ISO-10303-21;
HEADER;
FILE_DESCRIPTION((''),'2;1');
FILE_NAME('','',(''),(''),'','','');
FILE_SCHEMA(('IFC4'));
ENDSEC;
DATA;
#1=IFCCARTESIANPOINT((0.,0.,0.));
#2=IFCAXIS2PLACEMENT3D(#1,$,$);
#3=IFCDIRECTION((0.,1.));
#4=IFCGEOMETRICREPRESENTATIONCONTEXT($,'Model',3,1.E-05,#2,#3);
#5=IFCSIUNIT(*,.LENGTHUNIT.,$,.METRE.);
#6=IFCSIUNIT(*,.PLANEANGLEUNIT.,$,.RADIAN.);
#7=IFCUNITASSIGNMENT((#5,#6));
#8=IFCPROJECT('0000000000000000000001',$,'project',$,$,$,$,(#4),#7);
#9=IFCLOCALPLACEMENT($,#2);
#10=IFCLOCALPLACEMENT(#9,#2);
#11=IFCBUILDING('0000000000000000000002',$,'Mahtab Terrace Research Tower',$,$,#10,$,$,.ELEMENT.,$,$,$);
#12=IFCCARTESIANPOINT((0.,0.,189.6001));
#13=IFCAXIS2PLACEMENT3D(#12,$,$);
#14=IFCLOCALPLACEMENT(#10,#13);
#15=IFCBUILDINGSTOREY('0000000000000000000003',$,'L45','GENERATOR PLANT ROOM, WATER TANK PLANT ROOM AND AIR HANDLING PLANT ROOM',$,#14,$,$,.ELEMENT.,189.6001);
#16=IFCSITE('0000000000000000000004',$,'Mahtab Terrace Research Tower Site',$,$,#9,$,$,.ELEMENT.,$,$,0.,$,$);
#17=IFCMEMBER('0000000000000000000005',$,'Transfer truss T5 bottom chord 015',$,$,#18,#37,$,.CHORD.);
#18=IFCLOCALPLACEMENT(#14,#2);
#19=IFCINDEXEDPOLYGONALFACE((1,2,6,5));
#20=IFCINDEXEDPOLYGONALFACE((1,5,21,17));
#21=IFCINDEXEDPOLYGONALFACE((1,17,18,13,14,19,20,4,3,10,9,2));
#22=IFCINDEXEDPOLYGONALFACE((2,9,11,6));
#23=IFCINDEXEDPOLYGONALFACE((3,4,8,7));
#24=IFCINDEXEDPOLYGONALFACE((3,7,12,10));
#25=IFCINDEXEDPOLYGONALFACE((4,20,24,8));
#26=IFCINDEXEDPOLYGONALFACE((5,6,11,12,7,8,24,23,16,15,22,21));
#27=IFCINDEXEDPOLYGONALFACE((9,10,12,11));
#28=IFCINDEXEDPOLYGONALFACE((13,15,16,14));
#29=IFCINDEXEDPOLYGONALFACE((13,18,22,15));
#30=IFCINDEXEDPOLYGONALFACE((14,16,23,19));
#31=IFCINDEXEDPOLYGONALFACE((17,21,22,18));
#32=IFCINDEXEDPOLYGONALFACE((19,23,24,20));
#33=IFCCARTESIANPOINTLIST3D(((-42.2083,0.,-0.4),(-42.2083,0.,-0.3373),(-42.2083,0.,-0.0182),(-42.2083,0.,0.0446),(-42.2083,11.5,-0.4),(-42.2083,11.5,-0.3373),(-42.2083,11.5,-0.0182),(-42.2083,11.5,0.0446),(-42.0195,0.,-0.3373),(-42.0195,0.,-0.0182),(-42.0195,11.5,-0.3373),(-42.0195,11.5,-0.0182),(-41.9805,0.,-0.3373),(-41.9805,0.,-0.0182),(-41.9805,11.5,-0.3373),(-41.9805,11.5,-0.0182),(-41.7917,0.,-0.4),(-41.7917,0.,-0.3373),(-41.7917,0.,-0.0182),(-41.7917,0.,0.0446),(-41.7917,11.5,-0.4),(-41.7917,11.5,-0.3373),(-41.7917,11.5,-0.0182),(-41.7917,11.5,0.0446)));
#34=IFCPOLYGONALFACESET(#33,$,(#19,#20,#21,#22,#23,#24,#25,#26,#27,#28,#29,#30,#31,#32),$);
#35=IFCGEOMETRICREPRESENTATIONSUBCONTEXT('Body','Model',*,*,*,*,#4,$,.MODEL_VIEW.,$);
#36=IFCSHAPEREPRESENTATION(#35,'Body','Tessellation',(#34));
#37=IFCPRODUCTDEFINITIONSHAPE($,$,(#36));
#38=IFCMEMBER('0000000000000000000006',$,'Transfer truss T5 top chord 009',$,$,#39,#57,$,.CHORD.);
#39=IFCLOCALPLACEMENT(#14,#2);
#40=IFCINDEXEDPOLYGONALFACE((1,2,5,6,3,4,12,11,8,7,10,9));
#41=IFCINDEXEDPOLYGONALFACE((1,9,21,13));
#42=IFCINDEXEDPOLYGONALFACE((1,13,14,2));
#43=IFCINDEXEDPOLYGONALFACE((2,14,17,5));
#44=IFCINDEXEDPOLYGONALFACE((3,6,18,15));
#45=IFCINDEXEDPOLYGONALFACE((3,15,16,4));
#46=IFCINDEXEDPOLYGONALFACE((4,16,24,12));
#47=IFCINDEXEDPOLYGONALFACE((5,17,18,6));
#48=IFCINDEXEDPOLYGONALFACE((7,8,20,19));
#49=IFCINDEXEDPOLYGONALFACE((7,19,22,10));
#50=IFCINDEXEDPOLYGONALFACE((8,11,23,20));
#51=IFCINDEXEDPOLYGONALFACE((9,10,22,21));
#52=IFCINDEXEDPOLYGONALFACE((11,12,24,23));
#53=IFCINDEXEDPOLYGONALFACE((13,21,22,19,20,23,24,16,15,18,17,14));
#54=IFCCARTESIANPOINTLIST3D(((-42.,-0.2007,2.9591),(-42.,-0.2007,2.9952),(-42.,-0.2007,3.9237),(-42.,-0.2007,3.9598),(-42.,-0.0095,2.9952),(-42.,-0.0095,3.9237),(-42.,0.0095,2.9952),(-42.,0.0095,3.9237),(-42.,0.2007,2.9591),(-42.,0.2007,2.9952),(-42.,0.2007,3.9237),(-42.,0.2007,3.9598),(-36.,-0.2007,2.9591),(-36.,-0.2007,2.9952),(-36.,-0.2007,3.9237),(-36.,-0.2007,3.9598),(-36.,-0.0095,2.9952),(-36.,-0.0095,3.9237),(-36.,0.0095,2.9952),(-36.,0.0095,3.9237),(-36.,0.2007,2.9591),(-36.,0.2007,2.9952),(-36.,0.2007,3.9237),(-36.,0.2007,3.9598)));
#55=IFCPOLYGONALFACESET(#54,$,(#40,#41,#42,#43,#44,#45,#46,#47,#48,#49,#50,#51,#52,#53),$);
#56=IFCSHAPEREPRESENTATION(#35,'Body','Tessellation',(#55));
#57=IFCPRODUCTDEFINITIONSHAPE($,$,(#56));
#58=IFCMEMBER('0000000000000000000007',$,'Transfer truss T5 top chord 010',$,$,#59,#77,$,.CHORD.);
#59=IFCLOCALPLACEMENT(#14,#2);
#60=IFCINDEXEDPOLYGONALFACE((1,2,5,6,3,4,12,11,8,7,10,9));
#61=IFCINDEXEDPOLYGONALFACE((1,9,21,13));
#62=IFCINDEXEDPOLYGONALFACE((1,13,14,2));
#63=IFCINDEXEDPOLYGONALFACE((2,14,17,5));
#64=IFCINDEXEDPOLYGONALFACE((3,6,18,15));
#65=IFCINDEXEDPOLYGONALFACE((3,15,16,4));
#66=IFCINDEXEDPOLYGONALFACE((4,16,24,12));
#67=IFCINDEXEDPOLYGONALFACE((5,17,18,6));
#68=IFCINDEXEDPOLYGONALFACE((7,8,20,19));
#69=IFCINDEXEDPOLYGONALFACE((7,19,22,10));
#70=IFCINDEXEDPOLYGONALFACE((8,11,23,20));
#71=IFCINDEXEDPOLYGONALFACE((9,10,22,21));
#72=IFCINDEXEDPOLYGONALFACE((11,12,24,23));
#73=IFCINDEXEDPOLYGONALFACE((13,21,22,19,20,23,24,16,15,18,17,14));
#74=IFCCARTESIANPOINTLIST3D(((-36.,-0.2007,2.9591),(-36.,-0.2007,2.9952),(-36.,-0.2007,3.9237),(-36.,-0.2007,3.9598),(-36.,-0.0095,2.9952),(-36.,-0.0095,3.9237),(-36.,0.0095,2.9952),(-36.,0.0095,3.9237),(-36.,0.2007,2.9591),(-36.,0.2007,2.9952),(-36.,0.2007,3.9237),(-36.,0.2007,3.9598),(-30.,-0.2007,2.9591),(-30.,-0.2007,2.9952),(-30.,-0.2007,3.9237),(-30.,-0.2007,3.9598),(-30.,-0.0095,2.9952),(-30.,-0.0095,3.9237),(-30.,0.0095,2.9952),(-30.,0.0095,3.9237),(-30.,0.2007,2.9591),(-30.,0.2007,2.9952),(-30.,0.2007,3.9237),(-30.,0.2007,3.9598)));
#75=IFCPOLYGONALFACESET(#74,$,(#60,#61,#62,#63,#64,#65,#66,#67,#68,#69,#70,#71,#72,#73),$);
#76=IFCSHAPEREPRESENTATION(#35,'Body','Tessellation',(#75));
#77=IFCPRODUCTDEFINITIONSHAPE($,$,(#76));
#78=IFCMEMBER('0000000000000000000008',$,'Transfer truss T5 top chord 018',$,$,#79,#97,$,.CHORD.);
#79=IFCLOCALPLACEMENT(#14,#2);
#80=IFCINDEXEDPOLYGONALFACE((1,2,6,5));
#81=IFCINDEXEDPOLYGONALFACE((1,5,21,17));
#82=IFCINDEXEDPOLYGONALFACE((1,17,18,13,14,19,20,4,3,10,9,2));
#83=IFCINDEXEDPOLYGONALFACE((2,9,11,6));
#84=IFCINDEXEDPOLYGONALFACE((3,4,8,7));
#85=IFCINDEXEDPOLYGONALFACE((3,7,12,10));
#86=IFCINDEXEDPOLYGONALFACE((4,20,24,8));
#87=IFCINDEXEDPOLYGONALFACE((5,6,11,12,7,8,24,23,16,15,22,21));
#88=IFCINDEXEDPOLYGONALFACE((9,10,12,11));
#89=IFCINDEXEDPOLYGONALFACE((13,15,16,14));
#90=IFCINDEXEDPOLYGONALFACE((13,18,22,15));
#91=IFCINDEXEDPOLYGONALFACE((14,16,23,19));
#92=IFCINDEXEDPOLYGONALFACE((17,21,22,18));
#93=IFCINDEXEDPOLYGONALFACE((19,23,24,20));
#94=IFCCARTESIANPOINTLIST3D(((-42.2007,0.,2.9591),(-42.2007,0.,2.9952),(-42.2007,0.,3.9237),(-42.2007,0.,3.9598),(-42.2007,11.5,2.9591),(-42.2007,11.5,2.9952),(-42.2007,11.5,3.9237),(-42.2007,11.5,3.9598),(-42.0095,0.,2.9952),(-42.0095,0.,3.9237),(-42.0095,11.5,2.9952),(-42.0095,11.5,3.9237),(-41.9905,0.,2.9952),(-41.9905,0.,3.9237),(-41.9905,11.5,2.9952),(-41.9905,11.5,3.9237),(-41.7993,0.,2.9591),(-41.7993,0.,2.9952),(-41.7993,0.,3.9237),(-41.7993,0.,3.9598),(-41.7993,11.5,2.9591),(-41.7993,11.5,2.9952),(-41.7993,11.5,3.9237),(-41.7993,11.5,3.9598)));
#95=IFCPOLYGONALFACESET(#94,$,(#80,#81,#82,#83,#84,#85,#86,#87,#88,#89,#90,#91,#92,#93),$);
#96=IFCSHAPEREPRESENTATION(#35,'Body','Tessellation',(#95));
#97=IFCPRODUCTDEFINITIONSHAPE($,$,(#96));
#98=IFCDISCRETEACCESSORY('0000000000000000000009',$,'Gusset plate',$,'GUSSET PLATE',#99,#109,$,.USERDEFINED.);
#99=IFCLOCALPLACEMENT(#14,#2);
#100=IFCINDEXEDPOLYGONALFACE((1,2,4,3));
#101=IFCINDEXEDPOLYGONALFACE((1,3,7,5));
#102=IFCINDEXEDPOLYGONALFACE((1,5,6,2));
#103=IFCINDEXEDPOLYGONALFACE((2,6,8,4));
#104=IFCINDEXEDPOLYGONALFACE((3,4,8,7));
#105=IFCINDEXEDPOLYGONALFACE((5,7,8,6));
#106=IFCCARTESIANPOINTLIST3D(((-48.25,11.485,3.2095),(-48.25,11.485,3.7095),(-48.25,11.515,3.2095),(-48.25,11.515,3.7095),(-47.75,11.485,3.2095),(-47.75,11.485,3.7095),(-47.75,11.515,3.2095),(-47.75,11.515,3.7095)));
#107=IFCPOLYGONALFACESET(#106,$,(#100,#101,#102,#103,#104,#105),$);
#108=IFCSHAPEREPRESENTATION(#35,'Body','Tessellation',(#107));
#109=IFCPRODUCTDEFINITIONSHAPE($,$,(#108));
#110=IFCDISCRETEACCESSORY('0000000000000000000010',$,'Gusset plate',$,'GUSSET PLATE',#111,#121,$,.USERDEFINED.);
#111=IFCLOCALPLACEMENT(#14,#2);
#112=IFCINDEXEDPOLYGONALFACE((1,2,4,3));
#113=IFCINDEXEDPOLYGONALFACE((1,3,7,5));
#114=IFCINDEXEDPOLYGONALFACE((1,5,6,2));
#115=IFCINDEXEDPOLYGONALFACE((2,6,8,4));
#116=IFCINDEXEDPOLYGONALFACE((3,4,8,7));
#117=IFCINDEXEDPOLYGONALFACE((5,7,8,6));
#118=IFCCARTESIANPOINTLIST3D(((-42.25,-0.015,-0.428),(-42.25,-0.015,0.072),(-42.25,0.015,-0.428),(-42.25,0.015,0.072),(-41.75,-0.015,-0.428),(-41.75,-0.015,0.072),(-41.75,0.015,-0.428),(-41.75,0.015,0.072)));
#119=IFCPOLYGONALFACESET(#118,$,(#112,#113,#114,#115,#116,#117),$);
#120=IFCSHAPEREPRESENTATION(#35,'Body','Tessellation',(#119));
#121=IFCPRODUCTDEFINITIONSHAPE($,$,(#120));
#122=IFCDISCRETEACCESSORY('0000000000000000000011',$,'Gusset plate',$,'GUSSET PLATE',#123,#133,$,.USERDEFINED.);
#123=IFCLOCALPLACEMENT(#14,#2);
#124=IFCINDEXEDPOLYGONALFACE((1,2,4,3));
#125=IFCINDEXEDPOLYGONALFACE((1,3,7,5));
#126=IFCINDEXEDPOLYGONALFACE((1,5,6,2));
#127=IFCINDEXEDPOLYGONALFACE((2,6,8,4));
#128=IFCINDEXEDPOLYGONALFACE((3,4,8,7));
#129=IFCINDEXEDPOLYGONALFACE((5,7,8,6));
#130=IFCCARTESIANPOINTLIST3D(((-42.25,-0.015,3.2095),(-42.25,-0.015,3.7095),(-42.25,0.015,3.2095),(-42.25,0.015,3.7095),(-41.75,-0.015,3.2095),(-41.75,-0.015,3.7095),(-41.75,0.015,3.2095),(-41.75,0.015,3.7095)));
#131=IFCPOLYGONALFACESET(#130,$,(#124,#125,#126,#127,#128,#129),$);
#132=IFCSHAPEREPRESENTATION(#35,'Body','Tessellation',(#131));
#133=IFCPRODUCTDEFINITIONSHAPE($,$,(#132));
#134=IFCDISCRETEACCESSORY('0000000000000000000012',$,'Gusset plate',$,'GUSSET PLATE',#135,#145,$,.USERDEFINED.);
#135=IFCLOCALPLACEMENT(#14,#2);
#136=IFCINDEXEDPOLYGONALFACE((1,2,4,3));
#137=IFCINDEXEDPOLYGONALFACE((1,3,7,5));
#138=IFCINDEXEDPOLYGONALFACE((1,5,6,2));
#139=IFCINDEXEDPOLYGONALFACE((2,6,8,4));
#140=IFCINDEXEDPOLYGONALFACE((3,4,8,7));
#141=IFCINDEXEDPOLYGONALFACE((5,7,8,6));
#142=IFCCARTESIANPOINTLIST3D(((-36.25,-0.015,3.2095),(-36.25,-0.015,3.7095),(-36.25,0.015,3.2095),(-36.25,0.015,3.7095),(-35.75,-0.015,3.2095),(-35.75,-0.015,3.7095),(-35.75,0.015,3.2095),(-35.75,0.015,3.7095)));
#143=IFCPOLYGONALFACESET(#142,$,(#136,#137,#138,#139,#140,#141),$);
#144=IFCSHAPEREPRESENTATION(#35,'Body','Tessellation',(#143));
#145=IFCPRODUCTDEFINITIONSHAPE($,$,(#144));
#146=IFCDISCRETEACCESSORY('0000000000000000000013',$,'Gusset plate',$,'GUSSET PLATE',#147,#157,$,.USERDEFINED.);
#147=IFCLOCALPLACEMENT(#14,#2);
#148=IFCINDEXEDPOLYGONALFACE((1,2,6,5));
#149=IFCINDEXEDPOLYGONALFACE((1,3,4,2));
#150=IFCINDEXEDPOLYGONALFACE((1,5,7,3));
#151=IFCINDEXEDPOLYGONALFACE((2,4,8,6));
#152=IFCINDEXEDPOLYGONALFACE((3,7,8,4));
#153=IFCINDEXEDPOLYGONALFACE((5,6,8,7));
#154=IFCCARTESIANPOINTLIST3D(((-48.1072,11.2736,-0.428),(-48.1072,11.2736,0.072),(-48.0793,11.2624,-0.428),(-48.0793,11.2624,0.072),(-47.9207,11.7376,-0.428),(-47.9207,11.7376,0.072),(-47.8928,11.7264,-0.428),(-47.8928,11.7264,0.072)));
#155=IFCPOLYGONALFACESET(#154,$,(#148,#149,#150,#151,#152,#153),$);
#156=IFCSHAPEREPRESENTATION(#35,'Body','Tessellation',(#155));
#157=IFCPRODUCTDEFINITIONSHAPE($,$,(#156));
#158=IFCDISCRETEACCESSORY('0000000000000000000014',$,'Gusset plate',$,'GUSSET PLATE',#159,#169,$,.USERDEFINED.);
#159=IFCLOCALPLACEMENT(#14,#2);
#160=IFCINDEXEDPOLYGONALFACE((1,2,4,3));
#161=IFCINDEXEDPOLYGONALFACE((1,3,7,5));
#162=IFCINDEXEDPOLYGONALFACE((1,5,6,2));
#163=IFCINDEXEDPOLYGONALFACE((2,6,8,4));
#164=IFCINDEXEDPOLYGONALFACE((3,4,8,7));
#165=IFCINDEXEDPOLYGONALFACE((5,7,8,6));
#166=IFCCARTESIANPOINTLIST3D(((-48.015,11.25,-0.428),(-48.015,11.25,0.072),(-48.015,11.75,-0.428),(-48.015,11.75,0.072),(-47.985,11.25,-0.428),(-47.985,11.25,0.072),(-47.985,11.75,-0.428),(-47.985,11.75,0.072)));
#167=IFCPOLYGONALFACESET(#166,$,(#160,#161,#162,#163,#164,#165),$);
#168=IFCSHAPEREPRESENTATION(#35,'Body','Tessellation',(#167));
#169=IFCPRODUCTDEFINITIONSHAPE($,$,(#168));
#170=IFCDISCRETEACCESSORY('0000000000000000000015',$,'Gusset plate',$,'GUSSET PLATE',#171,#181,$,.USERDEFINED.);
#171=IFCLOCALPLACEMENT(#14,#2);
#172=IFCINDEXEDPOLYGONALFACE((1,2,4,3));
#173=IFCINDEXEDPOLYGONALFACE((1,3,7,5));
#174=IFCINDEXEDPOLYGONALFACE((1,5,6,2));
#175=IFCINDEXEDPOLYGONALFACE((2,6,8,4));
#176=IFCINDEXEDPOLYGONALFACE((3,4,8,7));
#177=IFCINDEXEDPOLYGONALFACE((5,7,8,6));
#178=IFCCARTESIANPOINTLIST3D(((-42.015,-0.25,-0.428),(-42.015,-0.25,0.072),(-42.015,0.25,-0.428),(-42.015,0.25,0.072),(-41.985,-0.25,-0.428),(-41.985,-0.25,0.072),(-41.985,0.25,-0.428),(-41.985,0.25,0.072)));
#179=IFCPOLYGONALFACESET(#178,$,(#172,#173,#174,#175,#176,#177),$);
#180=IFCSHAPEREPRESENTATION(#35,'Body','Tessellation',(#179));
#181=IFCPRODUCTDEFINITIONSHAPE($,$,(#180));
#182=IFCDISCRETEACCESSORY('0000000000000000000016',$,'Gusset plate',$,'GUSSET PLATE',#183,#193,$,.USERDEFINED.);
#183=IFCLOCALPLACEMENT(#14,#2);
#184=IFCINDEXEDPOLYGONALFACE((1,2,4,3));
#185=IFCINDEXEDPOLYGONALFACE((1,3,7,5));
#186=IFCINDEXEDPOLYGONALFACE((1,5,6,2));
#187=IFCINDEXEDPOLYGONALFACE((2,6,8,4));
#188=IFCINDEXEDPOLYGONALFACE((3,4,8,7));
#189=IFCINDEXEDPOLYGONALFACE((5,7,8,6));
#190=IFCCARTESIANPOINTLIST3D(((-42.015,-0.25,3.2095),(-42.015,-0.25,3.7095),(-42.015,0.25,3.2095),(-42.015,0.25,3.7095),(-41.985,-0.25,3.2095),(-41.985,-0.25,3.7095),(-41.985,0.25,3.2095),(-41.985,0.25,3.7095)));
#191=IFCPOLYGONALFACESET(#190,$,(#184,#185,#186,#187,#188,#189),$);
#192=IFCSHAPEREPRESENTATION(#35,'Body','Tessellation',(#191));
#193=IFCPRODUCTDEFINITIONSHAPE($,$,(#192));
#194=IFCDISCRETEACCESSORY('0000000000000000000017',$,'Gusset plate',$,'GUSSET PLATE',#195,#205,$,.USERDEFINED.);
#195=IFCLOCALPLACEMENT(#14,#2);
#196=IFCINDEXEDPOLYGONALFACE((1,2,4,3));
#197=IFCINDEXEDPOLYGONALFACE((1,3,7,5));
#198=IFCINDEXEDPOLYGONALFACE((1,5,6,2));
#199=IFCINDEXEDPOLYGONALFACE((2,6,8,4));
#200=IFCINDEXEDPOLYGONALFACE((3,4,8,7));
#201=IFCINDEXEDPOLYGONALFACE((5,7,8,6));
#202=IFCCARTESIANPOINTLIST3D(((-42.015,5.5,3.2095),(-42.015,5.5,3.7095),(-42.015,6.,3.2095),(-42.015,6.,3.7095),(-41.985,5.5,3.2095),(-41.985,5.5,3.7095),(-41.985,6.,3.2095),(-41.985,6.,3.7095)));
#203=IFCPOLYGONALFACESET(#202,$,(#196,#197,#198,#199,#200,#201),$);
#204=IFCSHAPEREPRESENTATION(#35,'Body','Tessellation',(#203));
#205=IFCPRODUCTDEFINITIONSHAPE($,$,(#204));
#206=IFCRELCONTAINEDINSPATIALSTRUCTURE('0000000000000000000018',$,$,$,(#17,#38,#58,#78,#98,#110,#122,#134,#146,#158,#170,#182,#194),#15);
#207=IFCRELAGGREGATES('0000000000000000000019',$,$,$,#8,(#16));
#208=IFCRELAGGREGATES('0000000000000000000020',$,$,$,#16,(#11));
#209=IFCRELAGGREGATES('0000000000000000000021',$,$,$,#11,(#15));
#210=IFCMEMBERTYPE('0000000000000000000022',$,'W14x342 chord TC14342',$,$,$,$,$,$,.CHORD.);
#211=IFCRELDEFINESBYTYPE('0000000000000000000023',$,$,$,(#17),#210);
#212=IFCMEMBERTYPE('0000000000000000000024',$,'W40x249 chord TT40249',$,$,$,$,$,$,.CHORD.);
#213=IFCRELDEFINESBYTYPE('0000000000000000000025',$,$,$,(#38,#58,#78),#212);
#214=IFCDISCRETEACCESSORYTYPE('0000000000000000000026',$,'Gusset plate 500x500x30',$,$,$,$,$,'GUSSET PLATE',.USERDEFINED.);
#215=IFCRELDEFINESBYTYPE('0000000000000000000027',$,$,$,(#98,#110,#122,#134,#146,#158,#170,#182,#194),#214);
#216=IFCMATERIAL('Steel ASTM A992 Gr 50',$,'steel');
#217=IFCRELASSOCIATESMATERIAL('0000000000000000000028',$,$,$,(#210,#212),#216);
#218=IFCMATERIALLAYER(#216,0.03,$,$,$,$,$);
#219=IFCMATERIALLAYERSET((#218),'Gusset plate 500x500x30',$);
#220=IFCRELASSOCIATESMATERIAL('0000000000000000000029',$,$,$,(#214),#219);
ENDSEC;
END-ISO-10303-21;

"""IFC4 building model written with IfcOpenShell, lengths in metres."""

from ifc_helpers import new_model, si_unit, direction, frame, origin, origin_2d, place, context, subcontext, project, spatial, rectangle, i_section, extrude, material, layer, layer_set, material_profile, profile_set, type_object, element, save


model = new_model("IFC4")

# Units and contexts
model_context = context("Model", 3, precision=1e-05, world=origin(), true_north=direction((0.0, 1.0)))
body_context = subcontext(model_context, "Body", "Model", "MODEL_VIEW")
ifc_project = project(units=[si_unit("LENGTHUNIT", "METRE"), si_unit("PLANEANGLEUNIT", "RADIAN")], contexts=[model_context])

# Site, building, storey
site_placement = place(None, origin())
site = spatial("IfcSite", under=ifc_project, at=site_placement, Name="Mahtab Terrace Research Tower Site", CompositionType="ELEMENT", RefElevation=0.0)
building_placement = place(site_placement, origin())
building = spatial("IfcBuilding", under=site, at=building_placement, Name="Mahtab Terrace Research Tower", CompositionType="ELEMENT")
storey_placement = place(building_placement, frame((0.0, 0.0, 189.6001)))
storey = spatial("IfcBuildingStorey", under=building, at=storey_placement, Name="L45", Description="GENERATOR PLANT ROOM, WATER TANK PLANT ROOM AND AIR HANDLING PLANT ROOM", CompositionType="ELEMENT", Elevation=189.6001)

# Members
ifc_material_1 = material(Name="Steel ASTM A992 Gr 50", Category="steel")
ifc_material_profile_1 = material_profile(ifc_material_1, i_section(OverallWidth=0.4165, OverallDepth=0.4446, WebThickness=0.0391, FlangeThickness=0.0627, at=origin_2d()), Name="W14X342")
ifc_profile_set_1 = profile_set([ifc_material_profile_1], Name="Steel ASTM A992 Gr 50")
member_type_1 = type_object("IfcMemberType", Name="W14x342 chord TC14342", PredefinedType="CHORD", material=ifc_profile_set_1)
member_1_placement = place(storey_placement, frame((-42.0, 0.0, -0.1777), z_axis=(0.0, 1.0, 0.0), x_axis=(-1.0, 0.0, 0.0)))
element("IfcMember", 1, at=member_1_placement, inside=storey, type_object=member_type_1, Name="Transfer truss T5 bottom chord 015", PredefinedType="CHORD", context=body_context, shape_type="SweptSolid", body=[
    extrude(i_section(OverallWidth=0.4165, OverallDepth=0.4446, WebThickness=0.0391, FlangeThickness=0.0627, at=origin_2d()), origin(), (0.0, 0.0, 1.0), 11.5),
])
ifc_material_profile_2 = material_profile(ifc_material_1, i_section(OverallWidth=0.4014, OverallDepth=1.0007, WebThickness=0.019, FlangeThickness=0.0361, at=origin_2d()), Name="W40X249")
ifc_profile_set_2 = profile_set([ifc_material_profile_2], Name="Steel ASTM A992 Gr 50")
member_type_2 = type_object("IfcMemberType", Name="W40x249 chord TT40249", PredefinedType="CHORD", material=ifc_profile_set_2)
for number, where, z_axis, x_axis, name in (
    (2, (-42.0, 0.0, 3.4595), (1.0, 0.0, 0.0), (0.0, 1.0, 0.0), "Transfer truss T5 top chord 009"),
    (3, (-36.0, 0.0, 3.4595), (1.0, 0.0, 0.0), (0.0, 1.0, 0.0), "Transfer truss T5 top chord 010"),
):
    element("IfcMember", number, at=place(storey_placement, frame(where, z_axis=z_axis, x_axis=x_axis)), inside=storey, type_object=member_type_2, Name=name, PredefinedType="CHORD", context=body_context, shape_type="SweptSolid", body=[
        extrude(i_section(OverallWidth=0.4014, OverallDepth=1.0007, WebThickness=0.019, FlangeThickness=0.0361, at=origin_2d()), origin(), (0.0, 0.0, 1.0), 6.0),
    ])
member_2_placement = place(storey_placement, frame((-42.0, 0.0, 3.4595), z_axis=(0.0, 1.0, 0.0), x_axis=(-1.0, 0.0, 0.0)))
element("IfcMember", 4, at=member_2_placement, inside=storey, type_object=member_type_2, Name="Transfer truss T5 top chord 018", PredefinedType="CHORD", context=body_context, shape_type="SweptSolid", body=[
    extrude(i_section(OverallWidth=0.4014, OverallDepth=1.0007, WebThickness=0.019, FlangeThickness=0.0361, at=origin_2d()), origin(), (0.0, 0.0, 1.0), 11.5),
])

# Discrete accessories
ifc_layer = layer(ifc_material_1, 0.03)
ifc_layer_set = layer_set([ifc_layer], Name="Gusset plate 500x500x30")
discrete_accessory_type = type_object("IfcDiscreteAccessoryType", Name="Gusset plate 500x500x30", ElementType="GUSSET PLATE", PredefinedType="USERDEFINED", material=ifc_layer_set)
for number, where, z_axis, x_axis, name in (
    (5, (-48.0, 11.5, 3.2095), (0.0, 0.0, 1.0), (1.0, 0.0, 0.0), "Gusset plate"),
    (6, (-42.0, 0.0, -0.428), (0.0, 0.0, 1.0), (1.0, 0.0, 0.0), "Gusset plate"),
    (7, (-42.0, 0.0, 3.2095), (0.0, 0.0, 1.0), (1.0, 0.0, 0.0), "Gusset plate"),
    (8, (-36.0, 0.0, 3.2095), (0.0, 0.0, 1.0), (1.0, 0.0, 0.0), "Gusset plate"),
    (9, (-48.0, 11.5, -0.428), (0.0, 0.0, 1.0), (0.373036, 0.927817, 0.0), "Gusset plate"),
    (10, (-48.0, 11.5, -0.428), (0.0, 0.0, 1.0), (0.0, 1.0, 0.0), "Gusset plate"),
    (11, (-42.0, 0.0, -0.428), (0.0, 0.0, 1.0), (0.0, 1.0, 0.0), "Gusset plate"),
    (12, (-42.0, 0.0, 3.2095), (0.0, 0.0, 1.0), (0.0, 1.0, 0.0), "Gusset plate"),
    (13, (-42.0, 5.75, 3.2095), (0.0, 0.0, 1.0), (0.0, 1.0, 0.0), "Gusset plate"),
):
    element("IfcDiscreteAccessory", number, at=place(storey_placement, frame(where, z_axis=z_axis, x_axis=x_axis)), inside=storey, type_object=discrete_accessory_type, Name=name, ObjectType="GUSSET PLATE", PredefinedType="USERDEFINED", context=body_context, shape_type="SweptSolid", body=[
        extrude(rectangle(XDim=0.5, YDim=0.03, at=origin_2d()), origin(), (0.0, 0.0, 1.0), 0.5),
    ])

save(model, "model.ifc")
